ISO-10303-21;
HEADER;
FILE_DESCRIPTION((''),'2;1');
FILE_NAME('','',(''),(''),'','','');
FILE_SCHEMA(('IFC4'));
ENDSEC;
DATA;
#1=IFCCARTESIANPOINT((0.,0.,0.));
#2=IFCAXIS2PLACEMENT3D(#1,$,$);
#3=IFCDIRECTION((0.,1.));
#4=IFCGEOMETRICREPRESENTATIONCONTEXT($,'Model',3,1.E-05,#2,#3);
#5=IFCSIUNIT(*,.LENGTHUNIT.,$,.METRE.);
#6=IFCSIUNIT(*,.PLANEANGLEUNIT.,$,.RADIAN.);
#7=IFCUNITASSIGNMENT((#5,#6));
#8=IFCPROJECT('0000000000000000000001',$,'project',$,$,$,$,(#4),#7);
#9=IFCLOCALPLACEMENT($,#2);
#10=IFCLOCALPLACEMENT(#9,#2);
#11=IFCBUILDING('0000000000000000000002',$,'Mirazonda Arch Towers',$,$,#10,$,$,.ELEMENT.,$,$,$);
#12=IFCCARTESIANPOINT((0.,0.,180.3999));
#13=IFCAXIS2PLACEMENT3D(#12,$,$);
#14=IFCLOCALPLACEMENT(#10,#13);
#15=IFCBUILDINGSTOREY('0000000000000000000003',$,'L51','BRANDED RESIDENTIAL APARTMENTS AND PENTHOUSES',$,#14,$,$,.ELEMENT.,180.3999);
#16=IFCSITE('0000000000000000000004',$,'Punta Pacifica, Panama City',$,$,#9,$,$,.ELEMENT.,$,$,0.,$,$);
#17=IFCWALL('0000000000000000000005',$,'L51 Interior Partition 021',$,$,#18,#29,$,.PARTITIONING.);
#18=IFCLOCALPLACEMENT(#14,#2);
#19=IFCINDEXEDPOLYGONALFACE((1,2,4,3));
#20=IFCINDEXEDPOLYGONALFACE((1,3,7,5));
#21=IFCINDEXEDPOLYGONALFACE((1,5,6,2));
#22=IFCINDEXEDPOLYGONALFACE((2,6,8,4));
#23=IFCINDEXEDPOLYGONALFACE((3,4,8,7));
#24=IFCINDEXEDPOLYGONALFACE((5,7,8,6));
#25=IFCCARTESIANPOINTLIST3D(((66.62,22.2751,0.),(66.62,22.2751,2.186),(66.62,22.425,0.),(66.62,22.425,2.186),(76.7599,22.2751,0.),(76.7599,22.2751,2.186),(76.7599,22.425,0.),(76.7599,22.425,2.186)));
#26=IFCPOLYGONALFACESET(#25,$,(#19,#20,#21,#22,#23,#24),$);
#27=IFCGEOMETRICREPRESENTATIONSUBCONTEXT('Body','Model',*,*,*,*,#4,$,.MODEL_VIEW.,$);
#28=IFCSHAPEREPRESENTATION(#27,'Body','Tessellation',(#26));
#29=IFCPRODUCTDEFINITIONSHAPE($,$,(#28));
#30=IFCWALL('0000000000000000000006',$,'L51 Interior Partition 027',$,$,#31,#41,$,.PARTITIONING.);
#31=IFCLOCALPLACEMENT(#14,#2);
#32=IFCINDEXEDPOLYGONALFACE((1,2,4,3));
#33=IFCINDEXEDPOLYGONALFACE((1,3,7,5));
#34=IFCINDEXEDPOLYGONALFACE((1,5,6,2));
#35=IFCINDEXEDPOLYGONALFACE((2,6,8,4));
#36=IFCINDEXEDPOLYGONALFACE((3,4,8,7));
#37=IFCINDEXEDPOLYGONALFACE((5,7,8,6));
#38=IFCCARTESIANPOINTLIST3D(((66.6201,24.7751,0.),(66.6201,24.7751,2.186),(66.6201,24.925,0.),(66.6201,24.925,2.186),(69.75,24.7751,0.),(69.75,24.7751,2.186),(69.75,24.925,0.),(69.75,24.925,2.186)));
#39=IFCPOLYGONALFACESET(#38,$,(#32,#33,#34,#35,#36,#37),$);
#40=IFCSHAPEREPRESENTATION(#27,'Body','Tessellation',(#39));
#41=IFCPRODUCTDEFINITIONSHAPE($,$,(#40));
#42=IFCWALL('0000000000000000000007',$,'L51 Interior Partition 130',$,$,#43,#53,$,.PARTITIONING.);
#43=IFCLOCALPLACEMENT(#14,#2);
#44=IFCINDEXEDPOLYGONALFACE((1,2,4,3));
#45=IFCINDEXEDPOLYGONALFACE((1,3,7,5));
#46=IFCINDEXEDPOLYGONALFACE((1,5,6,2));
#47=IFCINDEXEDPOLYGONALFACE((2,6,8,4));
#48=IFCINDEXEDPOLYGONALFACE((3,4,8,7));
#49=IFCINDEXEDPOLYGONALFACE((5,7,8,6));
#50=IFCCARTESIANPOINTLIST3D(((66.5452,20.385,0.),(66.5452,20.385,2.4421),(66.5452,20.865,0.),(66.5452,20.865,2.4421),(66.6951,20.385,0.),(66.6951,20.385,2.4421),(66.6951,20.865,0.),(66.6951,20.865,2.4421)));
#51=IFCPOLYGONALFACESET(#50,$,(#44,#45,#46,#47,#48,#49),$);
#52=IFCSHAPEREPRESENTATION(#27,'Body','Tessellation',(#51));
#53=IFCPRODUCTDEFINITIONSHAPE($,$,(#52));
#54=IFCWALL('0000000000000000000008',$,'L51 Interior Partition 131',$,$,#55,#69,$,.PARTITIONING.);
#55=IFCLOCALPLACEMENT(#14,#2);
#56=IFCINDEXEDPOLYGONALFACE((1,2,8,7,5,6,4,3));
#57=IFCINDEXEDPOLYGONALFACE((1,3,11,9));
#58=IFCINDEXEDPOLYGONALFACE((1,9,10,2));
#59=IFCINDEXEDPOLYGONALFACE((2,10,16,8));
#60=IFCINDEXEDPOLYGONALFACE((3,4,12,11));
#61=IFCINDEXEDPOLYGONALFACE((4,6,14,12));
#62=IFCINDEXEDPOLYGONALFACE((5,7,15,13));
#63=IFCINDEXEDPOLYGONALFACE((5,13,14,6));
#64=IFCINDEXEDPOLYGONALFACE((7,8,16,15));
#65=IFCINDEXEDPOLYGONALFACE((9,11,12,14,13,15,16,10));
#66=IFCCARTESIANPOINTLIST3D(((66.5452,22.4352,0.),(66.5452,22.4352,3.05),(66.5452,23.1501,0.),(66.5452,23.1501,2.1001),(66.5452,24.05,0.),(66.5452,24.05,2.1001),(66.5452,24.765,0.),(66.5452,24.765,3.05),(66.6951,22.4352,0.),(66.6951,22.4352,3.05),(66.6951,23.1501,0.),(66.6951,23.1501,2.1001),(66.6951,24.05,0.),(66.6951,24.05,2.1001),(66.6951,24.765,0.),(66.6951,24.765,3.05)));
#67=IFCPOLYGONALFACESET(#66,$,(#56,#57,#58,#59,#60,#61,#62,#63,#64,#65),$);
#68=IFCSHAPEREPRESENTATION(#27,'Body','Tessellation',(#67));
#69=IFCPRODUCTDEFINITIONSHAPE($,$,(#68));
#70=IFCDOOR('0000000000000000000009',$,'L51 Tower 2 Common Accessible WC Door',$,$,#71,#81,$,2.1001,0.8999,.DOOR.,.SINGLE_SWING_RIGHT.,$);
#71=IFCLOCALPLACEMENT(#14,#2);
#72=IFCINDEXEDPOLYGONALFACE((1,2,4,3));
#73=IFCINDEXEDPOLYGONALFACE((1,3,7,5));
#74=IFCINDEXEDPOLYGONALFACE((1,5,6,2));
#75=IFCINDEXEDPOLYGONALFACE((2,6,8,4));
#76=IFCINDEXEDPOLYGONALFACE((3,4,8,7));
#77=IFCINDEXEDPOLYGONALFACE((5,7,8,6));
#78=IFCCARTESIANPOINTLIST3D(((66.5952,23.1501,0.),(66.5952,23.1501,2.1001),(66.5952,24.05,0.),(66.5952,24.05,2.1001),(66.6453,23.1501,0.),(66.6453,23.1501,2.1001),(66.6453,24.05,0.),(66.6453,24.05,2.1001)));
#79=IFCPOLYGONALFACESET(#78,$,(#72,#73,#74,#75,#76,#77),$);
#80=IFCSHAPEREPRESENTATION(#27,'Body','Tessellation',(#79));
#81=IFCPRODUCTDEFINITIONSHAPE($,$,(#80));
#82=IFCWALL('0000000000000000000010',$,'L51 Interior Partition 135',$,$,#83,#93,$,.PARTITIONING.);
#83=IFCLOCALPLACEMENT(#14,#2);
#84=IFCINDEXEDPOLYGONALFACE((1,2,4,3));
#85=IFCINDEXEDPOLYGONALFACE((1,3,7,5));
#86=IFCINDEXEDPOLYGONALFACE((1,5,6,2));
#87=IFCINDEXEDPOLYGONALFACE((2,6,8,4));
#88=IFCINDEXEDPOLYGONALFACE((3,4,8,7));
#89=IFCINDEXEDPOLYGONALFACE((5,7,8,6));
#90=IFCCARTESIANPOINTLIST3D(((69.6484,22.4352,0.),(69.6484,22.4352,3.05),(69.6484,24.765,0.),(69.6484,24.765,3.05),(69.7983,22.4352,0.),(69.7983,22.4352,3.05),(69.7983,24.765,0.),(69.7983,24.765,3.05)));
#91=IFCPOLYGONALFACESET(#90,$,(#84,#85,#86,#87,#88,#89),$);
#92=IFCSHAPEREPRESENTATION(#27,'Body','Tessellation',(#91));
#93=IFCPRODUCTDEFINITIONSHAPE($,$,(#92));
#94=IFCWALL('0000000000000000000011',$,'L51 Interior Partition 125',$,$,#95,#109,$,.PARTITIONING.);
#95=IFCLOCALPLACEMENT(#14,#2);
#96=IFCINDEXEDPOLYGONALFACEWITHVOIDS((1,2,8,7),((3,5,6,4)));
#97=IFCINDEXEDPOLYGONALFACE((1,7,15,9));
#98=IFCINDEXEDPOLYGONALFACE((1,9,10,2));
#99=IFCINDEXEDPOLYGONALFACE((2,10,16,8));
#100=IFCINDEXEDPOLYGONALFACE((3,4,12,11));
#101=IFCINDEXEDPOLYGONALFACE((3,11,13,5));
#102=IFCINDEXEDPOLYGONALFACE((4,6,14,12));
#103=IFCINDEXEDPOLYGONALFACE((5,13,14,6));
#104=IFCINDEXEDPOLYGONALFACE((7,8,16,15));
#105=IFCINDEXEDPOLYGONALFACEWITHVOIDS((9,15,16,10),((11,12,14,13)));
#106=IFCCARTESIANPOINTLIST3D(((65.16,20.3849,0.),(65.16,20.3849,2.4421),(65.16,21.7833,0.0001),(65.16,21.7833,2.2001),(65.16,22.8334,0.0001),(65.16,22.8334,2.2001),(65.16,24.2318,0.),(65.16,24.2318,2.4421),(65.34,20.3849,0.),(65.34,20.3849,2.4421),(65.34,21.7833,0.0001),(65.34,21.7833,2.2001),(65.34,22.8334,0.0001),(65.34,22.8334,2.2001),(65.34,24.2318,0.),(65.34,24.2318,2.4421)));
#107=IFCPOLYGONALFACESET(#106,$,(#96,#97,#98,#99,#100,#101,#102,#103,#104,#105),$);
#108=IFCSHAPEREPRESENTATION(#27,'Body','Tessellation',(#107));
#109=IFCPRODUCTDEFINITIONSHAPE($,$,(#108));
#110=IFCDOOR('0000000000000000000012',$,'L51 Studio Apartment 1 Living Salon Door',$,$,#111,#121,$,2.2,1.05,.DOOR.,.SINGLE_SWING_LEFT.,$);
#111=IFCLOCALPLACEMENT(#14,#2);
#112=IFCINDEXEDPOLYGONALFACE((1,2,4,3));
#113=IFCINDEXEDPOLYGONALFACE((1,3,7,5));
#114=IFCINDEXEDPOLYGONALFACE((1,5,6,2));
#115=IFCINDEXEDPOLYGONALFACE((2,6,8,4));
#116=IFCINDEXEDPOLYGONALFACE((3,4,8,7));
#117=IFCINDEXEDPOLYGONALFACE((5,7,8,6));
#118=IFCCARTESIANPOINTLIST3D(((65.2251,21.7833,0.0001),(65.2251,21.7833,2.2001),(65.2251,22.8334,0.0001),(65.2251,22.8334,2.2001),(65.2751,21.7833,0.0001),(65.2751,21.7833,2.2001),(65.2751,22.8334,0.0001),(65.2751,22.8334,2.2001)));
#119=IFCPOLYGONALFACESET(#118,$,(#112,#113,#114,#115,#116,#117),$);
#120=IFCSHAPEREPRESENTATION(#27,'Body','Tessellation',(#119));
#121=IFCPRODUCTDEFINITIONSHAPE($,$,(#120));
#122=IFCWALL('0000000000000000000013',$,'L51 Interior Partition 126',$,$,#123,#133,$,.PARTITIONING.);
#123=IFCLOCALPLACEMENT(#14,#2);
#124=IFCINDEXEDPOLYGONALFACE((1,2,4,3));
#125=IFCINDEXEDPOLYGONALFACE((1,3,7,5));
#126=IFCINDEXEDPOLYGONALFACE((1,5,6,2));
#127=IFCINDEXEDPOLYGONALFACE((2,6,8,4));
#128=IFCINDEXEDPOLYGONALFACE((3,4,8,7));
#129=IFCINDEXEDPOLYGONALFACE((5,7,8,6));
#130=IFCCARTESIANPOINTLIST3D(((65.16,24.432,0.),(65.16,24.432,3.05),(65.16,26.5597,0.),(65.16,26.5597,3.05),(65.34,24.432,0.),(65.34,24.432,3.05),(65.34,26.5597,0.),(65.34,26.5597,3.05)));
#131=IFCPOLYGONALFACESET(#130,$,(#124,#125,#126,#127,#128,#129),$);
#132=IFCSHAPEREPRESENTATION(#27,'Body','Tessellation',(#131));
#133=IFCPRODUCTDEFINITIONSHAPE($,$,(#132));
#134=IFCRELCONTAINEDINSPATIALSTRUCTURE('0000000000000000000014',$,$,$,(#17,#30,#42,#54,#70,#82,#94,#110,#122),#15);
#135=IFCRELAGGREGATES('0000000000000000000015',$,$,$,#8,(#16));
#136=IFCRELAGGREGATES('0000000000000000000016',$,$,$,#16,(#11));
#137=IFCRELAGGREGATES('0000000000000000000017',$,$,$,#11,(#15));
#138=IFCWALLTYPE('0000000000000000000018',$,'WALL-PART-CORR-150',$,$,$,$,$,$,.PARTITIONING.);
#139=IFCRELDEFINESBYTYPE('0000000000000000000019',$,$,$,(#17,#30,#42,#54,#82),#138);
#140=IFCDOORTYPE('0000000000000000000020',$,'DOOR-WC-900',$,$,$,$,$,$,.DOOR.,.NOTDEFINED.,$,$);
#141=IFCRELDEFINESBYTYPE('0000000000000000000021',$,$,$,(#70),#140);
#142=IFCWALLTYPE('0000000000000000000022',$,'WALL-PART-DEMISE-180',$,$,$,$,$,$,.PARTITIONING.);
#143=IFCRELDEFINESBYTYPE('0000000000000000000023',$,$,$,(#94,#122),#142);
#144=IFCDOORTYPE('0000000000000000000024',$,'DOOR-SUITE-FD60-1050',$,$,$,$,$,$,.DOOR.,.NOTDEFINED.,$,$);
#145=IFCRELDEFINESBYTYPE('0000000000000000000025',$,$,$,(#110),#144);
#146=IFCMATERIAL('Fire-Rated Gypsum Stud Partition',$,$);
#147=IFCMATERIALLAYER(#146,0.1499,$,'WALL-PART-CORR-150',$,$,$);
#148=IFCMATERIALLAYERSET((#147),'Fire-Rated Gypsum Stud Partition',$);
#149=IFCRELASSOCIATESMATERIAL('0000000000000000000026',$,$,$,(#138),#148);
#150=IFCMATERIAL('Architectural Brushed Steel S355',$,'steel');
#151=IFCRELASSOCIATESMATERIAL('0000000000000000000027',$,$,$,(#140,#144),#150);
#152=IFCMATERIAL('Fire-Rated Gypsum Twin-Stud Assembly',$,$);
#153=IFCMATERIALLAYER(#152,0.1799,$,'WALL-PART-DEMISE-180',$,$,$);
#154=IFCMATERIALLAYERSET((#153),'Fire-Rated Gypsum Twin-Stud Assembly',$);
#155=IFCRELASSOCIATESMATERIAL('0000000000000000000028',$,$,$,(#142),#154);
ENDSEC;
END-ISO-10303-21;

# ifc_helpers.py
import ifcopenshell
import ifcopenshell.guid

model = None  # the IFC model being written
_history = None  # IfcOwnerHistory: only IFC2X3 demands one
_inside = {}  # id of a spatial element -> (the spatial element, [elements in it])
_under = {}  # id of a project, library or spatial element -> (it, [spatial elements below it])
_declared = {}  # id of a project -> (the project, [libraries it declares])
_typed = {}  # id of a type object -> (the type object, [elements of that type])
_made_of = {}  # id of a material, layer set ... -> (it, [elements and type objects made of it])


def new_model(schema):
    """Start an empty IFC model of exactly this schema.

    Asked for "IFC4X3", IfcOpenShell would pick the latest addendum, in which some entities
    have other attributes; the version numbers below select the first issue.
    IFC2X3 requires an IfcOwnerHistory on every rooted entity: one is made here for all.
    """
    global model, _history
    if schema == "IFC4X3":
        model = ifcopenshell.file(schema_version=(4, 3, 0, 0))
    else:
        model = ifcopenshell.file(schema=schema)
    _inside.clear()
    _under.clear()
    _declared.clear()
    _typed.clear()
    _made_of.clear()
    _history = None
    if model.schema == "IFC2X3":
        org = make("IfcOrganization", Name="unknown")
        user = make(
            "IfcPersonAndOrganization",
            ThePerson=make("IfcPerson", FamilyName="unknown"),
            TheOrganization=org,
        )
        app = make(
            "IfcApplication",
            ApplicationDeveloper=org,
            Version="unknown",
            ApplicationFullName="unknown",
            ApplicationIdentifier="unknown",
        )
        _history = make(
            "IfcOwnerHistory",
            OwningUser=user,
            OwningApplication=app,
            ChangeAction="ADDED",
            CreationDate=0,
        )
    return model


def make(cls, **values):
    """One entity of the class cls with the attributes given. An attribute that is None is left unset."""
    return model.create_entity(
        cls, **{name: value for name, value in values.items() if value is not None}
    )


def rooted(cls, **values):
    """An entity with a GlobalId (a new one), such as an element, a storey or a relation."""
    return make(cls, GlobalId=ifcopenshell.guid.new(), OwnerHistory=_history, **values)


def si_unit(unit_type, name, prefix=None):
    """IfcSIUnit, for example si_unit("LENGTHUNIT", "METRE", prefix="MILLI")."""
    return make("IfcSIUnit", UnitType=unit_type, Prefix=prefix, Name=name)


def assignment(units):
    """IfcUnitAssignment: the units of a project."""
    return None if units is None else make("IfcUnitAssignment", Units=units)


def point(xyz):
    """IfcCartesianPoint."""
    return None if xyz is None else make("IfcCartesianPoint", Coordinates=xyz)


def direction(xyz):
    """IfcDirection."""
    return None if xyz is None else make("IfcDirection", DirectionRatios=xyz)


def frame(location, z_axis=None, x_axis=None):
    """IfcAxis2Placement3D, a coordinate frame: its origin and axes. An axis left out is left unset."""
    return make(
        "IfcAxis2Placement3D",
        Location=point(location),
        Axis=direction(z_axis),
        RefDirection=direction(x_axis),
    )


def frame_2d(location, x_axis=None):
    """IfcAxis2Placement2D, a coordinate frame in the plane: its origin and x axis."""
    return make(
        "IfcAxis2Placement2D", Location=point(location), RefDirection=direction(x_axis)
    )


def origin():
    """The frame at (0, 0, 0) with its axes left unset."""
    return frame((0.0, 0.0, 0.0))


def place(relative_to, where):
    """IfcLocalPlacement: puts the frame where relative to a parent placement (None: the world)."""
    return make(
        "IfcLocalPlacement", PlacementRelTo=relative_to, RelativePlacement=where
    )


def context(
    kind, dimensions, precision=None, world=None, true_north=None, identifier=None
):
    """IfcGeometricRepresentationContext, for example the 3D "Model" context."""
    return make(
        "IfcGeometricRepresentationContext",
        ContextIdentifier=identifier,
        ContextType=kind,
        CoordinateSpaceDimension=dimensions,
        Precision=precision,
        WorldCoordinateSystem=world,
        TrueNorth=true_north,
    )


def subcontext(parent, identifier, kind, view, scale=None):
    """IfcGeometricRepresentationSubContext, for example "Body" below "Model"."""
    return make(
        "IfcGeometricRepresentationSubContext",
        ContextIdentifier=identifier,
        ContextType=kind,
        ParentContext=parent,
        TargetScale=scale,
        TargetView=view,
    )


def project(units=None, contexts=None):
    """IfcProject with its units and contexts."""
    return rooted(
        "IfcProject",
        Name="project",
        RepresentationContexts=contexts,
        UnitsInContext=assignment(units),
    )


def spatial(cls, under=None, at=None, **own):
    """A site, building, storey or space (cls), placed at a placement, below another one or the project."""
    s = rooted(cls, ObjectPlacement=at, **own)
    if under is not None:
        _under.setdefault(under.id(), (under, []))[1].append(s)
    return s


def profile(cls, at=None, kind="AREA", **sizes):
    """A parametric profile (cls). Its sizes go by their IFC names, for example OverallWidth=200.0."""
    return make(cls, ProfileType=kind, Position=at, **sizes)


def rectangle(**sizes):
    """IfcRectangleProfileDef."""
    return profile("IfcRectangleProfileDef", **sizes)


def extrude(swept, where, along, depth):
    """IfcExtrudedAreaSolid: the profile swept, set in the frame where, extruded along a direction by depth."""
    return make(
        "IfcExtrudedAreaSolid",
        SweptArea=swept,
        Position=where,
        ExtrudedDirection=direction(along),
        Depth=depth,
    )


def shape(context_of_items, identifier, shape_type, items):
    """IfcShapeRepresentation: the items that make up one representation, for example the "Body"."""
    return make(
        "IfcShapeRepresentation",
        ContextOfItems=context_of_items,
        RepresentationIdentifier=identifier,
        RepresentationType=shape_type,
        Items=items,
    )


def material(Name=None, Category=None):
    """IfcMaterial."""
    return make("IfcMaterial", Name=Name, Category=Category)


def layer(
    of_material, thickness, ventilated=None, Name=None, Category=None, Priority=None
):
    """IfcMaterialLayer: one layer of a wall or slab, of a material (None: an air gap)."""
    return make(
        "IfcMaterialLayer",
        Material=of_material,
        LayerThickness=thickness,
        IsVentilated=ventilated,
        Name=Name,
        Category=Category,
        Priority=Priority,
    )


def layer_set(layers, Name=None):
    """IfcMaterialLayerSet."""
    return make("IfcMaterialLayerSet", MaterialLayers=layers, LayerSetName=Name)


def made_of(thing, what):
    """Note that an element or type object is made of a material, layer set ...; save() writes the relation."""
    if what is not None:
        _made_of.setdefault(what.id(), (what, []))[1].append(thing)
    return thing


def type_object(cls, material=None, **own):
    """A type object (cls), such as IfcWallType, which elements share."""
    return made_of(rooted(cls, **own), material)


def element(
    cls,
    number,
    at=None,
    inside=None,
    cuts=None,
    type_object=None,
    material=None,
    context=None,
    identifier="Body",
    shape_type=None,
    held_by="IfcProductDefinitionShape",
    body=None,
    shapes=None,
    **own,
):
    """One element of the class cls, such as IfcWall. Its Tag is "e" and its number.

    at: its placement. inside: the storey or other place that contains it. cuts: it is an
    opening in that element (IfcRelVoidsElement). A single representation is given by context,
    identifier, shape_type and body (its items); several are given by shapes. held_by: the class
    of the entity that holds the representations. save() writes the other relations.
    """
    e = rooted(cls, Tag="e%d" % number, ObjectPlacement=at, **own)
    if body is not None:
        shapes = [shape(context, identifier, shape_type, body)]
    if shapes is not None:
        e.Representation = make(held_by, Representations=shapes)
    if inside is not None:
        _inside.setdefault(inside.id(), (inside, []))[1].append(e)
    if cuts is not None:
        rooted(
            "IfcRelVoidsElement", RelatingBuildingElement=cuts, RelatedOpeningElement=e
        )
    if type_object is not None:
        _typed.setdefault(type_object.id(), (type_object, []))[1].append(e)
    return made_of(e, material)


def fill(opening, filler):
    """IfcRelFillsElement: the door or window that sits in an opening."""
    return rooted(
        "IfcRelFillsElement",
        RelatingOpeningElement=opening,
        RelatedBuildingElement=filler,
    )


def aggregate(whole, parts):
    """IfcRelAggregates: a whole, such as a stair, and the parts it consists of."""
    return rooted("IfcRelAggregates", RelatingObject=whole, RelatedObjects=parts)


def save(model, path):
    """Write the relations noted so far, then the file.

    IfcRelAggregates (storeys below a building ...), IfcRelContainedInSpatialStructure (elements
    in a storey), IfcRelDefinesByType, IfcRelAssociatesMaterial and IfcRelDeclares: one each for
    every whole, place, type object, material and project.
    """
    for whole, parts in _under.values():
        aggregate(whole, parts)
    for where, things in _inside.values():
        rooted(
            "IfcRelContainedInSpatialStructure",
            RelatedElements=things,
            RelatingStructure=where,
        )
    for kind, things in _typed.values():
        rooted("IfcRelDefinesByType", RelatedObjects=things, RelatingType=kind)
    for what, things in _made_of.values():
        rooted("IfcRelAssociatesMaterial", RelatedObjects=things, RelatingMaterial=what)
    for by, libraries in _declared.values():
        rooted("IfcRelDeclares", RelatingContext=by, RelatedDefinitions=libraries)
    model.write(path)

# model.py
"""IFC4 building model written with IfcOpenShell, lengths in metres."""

from ifc_helpers import new_model, si_unit, direction, frame, frame_2d, origin, place, context, subcontext, project, spatial, rectangle, extrude, material, layer, layer_set, type_object, element, fill, save


model = new_model("IFC4")

# Units and contexts
model_context = context("Model", 3, precision=1e-05, world=origin(), true_north=direction((0.0, 1.0)))
body_context = subcontext(model_context, "Body", "Model", "MODEL_VIEW")
ifc_project = project(units=[si_unit("LENGTHUNIT", "METRE"), si_unit("PLANEANGLEUNIT", "RADIAN")], contexts=[model_context])

# Site, building, storey
site_placement = place(None, origin())
site = spatial("IfcSite", under=ifc_project, at=site_placement, Name="Punta Pacifica, Panama City", CompositionType="ELEMENT", RefElevation=0.0)
building_placement = place(site_placement, origin())
building = spatial("IfcBuilding", under=site, at=building_placement, Name="Mirazonda Arch Towers", CompositionType="ELEMENT")
storey_placement = place(building_placement, frame((0.0, 0.0, 180.3999)))
storey = spatial("IfcBuildingStorey", under=building, at=storey_placement, Name="L51", Description="BRANDED RESIDENTIAL APARTMENTS AND PENTHOUSES", CompositionType="ELEMENT", Elevation=180.3999)

# Shared definitions
ifc_material_1 = material(Name="Architectural Brushed Steel S355", Category="steel")

# Walls
ifc_material_2 = material(Name="Fire-Rated Gypsum Stud Partition")
ifc_layer_1 = layer(ifc_material_2, 0.1499, Name="WALL-PART-CORR-150")
ifc_layer_set_1 = layer_set([ifc_layer_1], Name="Fire-Rated Gypsum Stud Partition")
wall_type_1 = type_object("IfcWallType", Name="WALL-PART-CORR-150", PredefinedType="PARTITIONING", material=ifc_layer_set_1)
wall_1_placement = place(storey_placement, frame((66.6201, 22.3501, 0.0), z_axis=(0.0, 0.0, 1.0), x_axis=(1.0, 0.0, 0.0)))
element("IfcWall", 1, at=wall_1_placement, inside=storey, type_object=wall_type_1, Name="L51 Interior Partition 021", PredefinedType="PARTITIONING", context=body_context, shape_type="SweptSolid", body=[
    extrude(rectangle(XDim=10.1399, YDim=0.1499, at=frame_2d((5.0698, 0.0))), origin(), (0.0, 0.0, 1.0), 2.186),
])
wall_2_placement = place(storey_placement, frame((66.6201, 24.8501, 0.0), z_axis=(0.0, 0.0, 1.0), x_axis=(1.0, 0.0, 0.0)))
element("IfcWall", 2, at=wall_2_placement, inside=storey, type_object=wall_type_1, Name="L51 Interior Partition 027", PredefinedType="PARTITIONING", context=body_context, shape_type="SweptSolid", body=[
    extrude(rectangle(XDim=3.1299, YDim=0.1499, at=frame_2d((1.5649, 0.0))), origin(), (0.0, 0.0, 1.0), 2.186),
])
wall_3_placement = place(storey_placement, frame((66.6201, 20.385, 0.0), z_axis=(0.0, 0.0, 1.0), x_axis=(0.0, 1.0, 0.0)))
element("IfcWall", 3, at=wall_3_placement, inside=storey, type_object=wall_type_1, Name="L51 Interior Partition 130", PredefinedType="PARTITIONING", context=body_context, shape_type="SweptSolid", body=[
    extrude(rectangle(XDim=0.48, YDim=0.1499, at=frame_2d((0.24, 0.0))), origin(), (0.0, 0.0, 1.0), 2.4421),
])

# Wall, opening, door
wall_4_placement = place(storey_placement, frame((66.6201, 22.4351, 0.0), z_axis=(0.0, 0.0, 1.0), x_axis=(0.0, 1.0, 0.0)))
wall_4 = element("IfcWall", 4, at=wall_4_placement, inside=storey, type_object=wall_type_1, Name="L51 Interior Partition 131", PredefinedType="PARTITIONING", context=body_context, shape_type="SweptSolid", body=[
    extrude(rectangle(XDim=2.3298, YDim=0.1499, at=frame_2d((1.165, 0.0))), origin(), (0.0, 0.0, 1.0), 3.05),
])
opening_1_placement = place(wall_4_placement, frame((0.7151, 0.0, 0.0)))
opening_1 = element("IfcOpeningElement", 5, at=opening_1_placement, cuts=wall_4, PredefinedType="OPENING", context=body_context, shape_type="SweptSolid", body=[
    extrude(rectangle(XDim=0.8999, YDim=2.1001, at=frame_2d((0.45, 1.05))), frame((0.0, 0.085, 0.0), z_axis=(0.0, -1.0, 0.0), x_axis=(1.0, 0.0, 0.0)), (0.0, 0.0, 1.0), 0.1699),
])
door_type_1 = type_object("IfcDoorType", Name="DOOR-WC-900", OperationType="NOTDEFINED", PredefinedType="DOOR", material=ifc_material_1)
door_1_placement = place(opening_1_placement, origin())
door_1 = element("IfcDoor", 6, at=door_1_placement, inside=storey, type_object=door_type_1, Name="L51 Tower 2 Common Accessible WC Door", OperationType="SINGLE_SWING_RIGHT", OverallHeight=2.1001, OverallWidth=0.8999, PredefinedType="DOOR", context=body_context, shape_type="SweptSolid", body=[
    extrude(rectangle(XDim=0.8999, YDim=2.1001, at=frame_2d((0.45, 1.05))), frame((0.0, 0.0249, 0.0), z_axis=(0.0, -1.0, 0.0), x_axis=(1.0, 0.0, 0.0)), (0.0, 0.0, 1.0), 0.05),
])
fill(opening_1, door_1)

# Wall
wall_5_placement = place(storey_placement, frame((69.7234, 22.4351, 0.0), z_axis=(0.0, 0.0, 1.0), x_axis=(0.0, 1.0, 0.0)))
element("IfcWall", 7, at=wall_5_placement, inside=storey, type_object=wall_type_1, Name="L51 Interior Partition 135", PredefinedType="PARTITIONING", context=body_context, shape_type="SweptSolid", body=[
    extrude(rectangle(XDim=2.3298, YDim=0.1499, at=frame_2d((1.165, 0.0))), origin(), (0.0, 0.0, 1.0), 3.05),
])

# Wall, opening, door
ifc_material_3 = material(Name="Fire-Rated Gypsum Twin-Stud Assembly")
ifc_layer_2 = layer(ifc_material_3, 0.1799, Name="WALL-PART-DEMISE-180")
ifc_layer_set_2 = layer_set([ifc_layer_2], Name="Fire-Rated Gypsum Twin-Stud Assembly")
wall_type_2 = type_object("IfcWallType", Name="WALL-PART-DEMISE-180", PredefinedType="PARTITIONING", material=ifc_layer_set_2)
wall_6_placement = place(storey_placement, frame((65.25, 20.385, 0.0), z_axis=(0.0, 0.0, 1.0), x_axis=(0.0, 1.0, 0.0)))
wall_6 = element("IfcWall", 8, at=wall_6_placement, inside=storey, type_object=wall_type_2, Name="L51 Interior Partition 125", PredefinedType="PARTITIONING", context=body_context, shape_type="SweptSolid", body=[
    extrude(rectangle(XDim=3.8469, YDim=0.1799, at=frame_2d((1.9233, 0.0))), origin(), (0.0, 0.0, 1.0), 2.4421),
])
opening_2_placement = place(wall_6_placement, frame((1.3984, 0.0, 0.0)))
opening_2 = element("IfcOpeningElement", 9, at=opening_2_placement, cuts=wall_6, PredefinedType="OPENING", context=body_context, shape_type="SweptSolid", body=[
    extrude(rectangle(XDim=1.05, YDim=2.2, at=frame_2d((0.5249, 1.1001))), frame((0.0, 0.0999, 0.0), z_axis=(0.0, -1.0, 0.0), x_axis=(1.0, 0.0, 0.0)), (0.0, 0.0, 1.0), 0.2),
])
door_type_2 = type_object("IfcDoorType", Name="DOOR-SUITE-FD60-1050", OperationType="NOTDEFINED", PredefinedType="DOOR", material=ifc_material_1)
door_2_placement = place(opening_2_placement, origin())
door_2 = element("IfcDoor", 10, at=door_2_placement, inside=storey, type_object=door_type_2, Name="L51 Studio Apartment 1 Living Salon Door", OperationType="SINGLE_SWING_LEFT", OverallHeight=2.2, OverallWidth=1.05, PredefinedType="DOOR", context=body_context, shape_type="SweptSolid", body=[
    extrude(rectangle(XDim=1.05, YDim=2.2, at=frame_2d((0.5249, 1.1001))), frame((0.0, 0.0249, 0.0), z_axis=(0.0, -1.0, 0.0), x_axis=(1.0, 0.0, 0.0)), (0.0, 0.0, 1.0), 0.05),
])
fill(opening_2, door_2)

# Wall
wall_7_placement = place(storey_placement, frame((65.25, 24.4319, 0.0), z_axis=(0.0, 0.0, 1.0), x_axis=(0.0, 1.0, 0.0)))
element("IfcWall", 11, at=wall_7_placement, inside=storey, type_object=wall_type_2, Name="L51 Interior Partition 126", PredefinedType="PARTITIONING", context=body_context, shape_type="SweptSolid", body=[
    extrude(rectangle(XDim=2.1277, YDim=0.1799, at=frame_2d((1.064, 0.0))), origin(), (0.0, 0.0, 1.0), 3.05),
])

save(model, "model.ifc")
